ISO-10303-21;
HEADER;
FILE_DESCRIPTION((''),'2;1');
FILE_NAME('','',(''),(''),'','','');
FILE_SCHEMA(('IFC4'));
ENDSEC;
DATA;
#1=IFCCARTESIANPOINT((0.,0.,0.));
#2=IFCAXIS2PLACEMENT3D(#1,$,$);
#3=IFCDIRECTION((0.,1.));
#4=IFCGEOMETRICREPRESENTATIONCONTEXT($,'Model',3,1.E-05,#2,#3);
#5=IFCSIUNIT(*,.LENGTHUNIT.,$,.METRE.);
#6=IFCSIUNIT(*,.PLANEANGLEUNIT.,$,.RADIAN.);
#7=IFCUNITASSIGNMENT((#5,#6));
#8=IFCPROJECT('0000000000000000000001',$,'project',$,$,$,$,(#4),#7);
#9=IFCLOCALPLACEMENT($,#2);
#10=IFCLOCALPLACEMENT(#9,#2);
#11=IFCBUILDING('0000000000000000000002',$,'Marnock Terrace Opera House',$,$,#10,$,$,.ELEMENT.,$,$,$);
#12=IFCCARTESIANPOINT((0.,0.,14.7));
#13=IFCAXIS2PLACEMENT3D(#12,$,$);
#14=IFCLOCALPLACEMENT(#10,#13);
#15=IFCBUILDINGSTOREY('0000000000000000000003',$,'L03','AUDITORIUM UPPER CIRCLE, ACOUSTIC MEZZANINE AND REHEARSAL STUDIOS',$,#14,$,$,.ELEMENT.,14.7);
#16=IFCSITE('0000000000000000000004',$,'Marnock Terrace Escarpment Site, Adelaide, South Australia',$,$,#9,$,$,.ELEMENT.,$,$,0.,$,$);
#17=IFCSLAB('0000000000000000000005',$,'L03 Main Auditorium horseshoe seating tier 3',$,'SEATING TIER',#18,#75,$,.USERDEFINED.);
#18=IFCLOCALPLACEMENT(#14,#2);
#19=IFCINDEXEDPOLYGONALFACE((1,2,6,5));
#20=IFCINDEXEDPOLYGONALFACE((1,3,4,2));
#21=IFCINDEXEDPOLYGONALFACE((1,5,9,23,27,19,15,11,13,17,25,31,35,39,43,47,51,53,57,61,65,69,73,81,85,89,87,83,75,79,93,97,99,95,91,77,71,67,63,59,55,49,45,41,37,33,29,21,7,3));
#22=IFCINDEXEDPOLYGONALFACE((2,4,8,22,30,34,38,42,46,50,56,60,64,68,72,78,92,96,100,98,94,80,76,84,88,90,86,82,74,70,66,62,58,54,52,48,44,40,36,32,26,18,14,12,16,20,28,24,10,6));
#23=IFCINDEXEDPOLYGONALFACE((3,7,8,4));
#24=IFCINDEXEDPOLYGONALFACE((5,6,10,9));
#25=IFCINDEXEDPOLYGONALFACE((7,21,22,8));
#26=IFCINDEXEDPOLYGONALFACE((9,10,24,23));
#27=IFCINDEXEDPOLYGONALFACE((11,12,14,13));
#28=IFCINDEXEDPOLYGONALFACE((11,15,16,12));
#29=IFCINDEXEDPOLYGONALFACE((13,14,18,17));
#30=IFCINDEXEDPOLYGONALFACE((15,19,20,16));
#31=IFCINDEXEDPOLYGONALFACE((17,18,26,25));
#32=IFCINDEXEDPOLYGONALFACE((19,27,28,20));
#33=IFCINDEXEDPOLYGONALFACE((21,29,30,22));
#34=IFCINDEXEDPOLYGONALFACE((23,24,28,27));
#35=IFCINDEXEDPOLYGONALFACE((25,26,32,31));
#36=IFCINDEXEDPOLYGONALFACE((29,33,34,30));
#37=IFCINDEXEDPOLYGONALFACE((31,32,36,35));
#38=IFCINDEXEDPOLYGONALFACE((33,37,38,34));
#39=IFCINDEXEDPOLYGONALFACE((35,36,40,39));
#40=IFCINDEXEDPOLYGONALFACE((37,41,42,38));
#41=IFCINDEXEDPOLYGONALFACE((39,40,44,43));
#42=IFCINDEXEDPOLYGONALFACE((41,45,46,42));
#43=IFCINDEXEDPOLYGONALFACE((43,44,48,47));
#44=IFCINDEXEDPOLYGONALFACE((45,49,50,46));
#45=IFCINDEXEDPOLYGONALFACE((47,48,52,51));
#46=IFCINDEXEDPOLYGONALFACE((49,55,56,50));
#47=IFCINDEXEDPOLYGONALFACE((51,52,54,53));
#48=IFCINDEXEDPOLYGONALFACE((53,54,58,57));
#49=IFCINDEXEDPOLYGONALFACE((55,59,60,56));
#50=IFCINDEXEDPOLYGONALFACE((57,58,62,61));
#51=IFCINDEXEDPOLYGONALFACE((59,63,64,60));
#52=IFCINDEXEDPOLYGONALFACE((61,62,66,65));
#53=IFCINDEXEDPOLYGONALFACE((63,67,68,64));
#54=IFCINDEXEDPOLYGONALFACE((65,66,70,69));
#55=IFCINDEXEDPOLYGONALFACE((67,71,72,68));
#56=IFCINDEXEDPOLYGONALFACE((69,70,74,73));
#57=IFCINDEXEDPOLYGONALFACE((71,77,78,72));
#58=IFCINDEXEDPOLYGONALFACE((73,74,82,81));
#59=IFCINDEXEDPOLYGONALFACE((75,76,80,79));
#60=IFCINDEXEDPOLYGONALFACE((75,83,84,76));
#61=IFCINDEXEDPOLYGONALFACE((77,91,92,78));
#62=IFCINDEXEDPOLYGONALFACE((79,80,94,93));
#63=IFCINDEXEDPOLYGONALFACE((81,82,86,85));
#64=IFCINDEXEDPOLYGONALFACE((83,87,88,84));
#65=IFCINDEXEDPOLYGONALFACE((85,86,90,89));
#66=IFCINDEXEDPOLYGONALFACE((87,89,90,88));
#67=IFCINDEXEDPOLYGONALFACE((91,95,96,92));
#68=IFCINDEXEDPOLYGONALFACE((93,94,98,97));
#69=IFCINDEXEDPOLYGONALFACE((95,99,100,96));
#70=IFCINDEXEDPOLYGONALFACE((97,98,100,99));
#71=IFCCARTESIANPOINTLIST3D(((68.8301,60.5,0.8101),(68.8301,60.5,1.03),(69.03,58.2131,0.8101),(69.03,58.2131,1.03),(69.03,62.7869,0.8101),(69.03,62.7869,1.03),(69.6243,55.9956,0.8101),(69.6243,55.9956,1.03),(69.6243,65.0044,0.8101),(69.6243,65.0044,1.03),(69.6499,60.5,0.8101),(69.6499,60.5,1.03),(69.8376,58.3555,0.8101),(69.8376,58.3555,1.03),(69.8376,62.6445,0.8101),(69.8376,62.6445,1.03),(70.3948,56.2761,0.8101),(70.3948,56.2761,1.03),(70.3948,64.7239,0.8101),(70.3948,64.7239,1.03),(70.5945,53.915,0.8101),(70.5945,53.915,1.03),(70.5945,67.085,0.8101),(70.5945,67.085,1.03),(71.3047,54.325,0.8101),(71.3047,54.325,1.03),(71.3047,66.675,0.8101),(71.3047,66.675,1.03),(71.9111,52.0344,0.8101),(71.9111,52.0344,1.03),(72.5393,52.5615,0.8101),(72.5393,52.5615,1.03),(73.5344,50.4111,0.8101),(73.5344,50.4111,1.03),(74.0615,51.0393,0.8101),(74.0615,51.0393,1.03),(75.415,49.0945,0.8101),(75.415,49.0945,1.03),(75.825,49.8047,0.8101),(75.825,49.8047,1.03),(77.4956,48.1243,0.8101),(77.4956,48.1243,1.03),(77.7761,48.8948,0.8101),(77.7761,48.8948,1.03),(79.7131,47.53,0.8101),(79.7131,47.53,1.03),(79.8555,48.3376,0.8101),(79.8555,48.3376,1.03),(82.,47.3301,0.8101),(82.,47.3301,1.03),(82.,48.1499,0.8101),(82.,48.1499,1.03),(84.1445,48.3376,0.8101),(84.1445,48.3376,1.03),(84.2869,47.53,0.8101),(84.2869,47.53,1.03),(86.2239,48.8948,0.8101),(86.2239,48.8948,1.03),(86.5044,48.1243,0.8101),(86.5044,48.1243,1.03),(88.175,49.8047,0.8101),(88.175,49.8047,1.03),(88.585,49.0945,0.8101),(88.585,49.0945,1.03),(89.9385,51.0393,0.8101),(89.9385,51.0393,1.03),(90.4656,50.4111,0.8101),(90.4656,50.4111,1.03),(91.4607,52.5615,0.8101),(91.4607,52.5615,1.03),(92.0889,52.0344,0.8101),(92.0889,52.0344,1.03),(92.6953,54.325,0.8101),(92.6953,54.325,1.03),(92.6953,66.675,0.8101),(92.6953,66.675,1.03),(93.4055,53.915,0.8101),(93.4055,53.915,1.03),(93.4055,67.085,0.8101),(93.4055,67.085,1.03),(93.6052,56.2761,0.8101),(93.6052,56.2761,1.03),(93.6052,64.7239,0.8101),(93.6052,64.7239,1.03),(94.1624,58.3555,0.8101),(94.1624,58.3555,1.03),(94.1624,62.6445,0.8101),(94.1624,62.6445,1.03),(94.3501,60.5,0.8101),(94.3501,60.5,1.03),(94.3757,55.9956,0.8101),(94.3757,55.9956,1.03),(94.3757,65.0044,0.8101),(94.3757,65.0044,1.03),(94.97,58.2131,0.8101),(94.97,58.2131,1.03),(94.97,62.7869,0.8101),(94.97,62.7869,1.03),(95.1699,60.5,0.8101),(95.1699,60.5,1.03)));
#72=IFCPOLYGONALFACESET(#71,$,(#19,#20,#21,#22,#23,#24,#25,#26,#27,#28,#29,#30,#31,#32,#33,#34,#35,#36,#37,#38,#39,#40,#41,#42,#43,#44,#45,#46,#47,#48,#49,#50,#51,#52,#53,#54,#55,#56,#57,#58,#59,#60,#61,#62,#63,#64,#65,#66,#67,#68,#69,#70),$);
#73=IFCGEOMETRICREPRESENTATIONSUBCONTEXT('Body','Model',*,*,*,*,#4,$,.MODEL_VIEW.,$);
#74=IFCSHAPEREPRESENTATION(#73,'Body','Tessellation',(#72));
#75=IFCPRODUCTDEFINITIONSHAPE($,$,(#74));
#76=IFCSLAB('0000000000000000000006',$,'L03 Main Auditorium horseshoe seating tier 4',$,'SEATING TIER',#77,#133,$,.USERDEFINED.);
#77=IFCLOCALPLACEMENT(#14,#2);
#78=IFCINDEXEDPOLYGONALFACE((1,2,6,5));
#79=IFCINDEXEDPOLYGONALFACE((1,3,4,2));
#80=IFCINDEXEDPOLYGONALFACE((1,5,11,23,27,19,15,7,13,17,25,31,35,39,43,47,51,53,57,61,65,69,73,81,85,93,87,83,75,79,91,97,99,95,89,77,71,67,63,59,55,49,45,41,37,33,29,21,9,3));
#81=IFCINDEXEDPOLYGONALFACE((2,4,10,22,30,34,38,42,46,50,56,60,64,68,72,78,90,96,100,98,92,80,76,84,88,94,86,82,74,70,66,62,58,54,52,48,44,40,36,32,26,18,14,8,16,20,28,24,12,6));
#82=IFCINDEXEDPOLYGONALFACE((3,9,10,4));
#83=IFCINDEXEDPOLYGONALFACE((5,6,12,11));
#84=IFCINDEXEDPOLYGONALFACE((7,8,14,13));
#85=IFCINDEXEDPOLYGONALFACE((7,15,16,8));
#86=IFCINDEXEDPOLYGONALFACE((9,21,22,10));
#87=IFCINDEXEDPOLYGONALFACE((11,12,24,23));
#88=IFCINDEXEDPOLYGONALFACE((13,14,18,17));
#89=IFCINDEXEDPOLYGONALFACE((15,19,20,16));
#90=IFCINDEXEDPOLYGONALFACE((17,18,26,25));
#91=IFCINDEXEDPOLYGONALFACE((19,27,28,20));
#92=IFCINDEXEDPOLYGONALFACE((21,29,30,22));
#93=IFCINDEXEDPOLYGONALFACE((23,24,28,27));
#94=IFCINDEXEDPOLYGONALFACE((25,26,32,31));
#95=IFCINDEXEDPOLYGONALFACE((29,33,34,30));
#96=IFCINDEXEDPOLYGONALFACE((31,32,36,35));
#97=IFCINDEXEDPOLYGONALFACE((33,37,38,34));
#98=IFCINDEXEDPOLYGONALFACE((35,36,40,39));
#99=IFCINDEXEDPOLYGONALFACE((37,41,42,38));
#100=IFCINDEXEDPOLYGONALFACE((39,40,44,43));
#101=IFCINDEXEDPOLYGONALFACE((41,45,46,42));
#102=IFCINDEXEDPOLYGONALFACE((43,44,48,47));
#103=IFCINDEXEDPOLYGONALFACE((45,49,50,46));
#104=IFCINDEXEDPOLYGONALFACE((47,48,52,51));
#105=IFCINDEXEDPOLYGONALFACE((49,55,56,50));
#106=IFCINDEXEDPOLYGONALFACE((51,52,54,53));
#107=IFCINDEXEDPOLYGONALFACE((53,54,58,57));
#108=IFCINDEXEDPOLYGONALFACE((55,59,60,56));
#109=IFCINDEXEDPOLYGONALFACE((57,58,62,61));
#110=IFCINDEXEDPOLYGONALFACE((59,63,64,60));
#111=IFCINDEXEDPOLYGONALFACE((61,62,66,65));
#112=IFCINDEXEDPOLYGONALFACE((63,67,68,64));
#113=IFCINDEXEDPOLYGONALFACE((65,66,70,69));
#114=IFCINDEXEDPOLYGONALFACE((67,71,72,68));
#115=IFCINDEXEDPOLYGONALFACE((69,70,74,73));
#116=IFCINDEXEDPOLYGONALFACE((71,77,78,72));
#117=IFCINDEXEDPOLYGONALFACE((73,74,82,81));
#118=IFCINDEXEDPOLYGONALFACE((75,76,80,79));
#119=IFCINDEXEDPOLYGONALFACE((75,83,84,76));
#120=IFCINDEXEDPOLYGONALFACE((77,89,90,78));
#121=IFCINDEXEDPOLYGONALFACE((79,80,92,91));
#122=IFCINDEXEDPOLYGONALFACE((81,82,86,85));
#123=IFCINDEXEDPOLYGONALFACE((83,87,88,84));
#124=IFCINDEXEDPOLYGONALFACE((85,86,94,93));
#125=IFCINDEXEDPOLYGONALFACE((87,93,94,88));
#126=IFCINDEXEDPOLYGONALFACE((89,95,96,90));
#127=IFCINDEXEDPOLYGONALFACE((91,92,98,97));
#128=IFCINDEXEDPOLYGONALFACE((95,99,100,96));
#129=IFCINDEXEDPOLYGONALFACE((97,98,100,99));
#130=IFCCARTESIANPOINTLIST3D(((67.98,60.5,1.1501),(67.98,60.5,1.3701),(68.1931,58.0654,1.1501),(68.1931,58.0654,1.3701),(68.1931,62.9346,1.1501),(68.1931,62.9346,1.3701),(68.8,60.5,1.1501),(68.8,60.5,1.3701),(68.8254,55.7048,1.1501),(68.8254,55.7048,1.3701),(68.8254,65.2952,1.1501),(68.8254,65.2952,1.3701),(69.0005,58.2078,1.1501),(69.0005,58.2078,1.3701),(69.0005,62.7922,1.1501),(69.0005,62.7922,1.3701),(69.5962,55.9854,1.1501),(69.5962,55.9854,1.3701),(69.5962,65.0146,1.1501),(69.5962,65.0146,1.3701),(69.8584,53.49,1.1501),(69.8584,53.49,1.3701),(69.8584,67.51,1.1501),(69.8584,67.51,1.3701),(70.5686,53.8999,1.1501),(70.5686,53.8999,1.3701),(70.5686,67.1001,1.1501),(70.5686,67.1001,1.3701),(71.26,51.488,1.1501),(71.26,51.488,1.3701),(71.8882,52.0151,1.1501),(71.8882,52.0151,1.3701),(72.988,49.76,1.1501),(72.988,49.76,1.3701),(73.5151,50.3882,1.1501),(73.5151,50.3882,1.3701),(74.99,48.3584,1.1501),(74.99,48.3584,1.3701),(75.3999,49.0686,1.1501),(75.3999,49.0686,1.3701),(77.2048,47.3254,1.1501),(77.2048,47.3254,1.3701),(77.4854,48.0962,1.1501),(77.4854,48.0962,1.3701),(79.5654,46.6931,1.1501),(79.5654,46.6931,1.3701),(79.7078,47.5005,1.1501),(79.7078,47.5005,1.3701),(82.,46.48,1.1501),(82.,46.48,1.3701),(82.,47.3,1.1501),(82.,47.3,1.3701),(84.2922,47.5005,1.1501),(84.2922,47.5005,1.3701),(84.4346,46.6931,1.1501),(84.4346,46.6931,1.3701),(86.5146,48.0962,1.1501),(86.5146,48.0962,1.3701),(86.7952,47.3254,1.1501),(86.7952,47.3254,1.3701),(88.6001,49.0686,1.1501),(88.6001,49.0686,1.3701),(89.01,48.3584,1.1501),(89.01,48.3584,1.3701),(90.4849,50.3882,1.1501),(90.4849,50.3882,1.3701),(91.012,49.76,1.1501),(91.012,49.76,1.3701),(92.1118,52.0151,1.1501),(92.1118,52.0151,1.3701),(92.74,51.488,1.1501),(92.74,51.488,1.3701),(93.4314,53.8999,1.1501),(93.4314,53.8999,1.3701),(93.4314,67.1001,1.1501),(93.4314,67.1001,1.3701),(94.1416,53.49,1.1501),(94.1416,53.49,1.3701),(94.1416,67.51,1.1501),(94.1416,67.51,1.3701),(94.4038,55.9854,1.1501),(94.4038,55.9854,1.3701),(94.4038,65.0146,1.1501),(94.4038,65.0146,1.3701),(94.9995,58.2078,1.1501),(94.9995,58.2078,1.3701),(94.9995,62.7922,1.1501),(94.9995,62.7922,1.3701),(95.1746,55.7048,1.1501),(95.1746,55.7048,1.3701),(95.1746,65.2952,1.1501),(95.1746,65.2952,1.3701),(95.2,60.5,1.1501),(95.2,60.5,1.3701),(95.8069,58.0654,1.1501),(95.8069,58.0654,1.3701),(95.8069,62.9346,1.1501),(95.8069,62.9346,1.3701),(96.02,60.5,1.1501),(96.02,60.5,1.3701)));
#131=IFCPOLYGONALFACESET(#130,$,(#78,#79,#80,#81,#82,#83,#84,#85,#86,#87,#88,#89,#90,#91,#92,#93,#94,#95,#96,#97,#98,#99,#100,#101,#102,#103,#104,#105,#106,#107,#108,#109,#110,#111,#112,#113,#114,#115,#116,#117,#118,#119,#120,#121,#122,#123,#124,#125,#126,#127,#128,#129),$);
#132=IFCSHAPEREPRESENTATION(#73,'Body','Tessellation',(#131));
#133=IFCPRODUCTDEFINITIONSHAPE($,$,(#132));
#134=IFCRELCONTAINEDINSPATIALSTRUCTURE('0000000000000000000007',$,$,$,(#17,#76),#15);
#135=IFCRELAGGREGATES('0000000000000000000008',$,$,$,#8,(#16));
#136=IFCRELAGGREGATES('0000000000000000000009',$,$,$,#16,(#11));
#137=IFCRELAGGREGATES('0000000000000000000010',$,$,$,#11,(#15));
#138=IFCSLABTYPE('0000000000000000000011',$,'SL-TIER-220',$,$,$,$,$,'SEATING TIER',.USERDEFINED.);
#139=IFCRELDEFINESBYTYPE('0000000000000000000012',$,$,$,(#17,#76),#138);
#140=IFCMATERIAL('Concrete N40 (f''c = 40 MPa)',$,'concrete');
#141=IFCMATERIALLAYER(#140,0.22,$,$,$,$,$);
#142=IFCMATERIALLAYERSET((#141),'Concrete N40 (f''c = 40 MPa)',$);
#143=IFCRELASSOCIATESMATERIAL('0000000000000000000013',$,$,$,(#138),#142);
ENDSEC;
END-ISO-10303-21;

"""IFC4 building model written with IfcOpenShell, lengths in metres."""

from ifc_helpers import new_model, si_unit, direction, frame, origin, place, context, subcontext, project, spatial, polyline, outline, extrude, material, layer, layer_set, type_object, element, save


model = new_model("IFC4")

# Units and contexts
model_context = context("Model", 3, precision=1e-05, world=origin(), true_north=direction((0.0, 1.0)))
body_context = subcontext(model_context, "Body", "Model", "MODEL_VIEW")
ifc_project = project(units=[si_unit("LENGTHUNIT", "METRE"), si_unit("PLANEANGLEUNIT", "RADIAN")], contexts=[model_context])

# Site, building, storey
site_placement = place(None, origin())
site = spatial("IfcSite", under=ifc_project, at=site_placement, Name="Marnock Terrace Escarpment Site, Adelaide, South Australia", CompositionType="ELEMENT", RefElevation=0.0)
building_placement = place(site_placement, origin())
building = spatial("IfcBuilding", under=site, at=building_placement, Name="Marnock Terrace Opera House", CompositionType="ELEMENT")
storey_placement = place(building_placement, frame((0.0, 0.0, 14.7)))
storey = spatial("IfcBuildingStorey", under=building, at=storey_placement, Name="L03", Description="AUDITORIUM UPPER CIRCLE, ACOUSTIC MEZZANINE AND REHEARSAL STUDIOS", CompositionType="ELEMENT", Elevation=14.7)

# Shared definitions
ifc_material_1 = material(Name="Concrete N40 (f'c = 40 MPa)", Category="concrete")

# Slabs
ifc_layer_1 = layer(ifc_material_1, 0.22)
ifc_layer_set_1 = layer_set([ifc_layer_1], Name="Concrete N40 (f'c = 40 MPa)")
slab_type_1 = type_object("IfcSlabType", Name="SL-TIER-220", ElementType="SEATING TIER", PredefinedType="USERDEFINED", material=ifc_layer_set_1)
slab_1_placement = place(storey_placement, frame((0.0, 0.0, 0.8101)))
element("IfcSlab", 1, at=slab_1_placement, inside=storey, type_object=slab_type_1, Name="L03 Main Auditorium horseshoe seating tier 3", ObjectType="SEATING TIER", PredefinedType="USERDEFINED", context=body_context, shape_type="SweptSolid", body=[
    extrude(outline(polyline([(70.5945, 67.085), (69.6243, 65.0044), (69.03, 62.7869), (68.8301, 60.5), (69.03, 58.2131), (69.6243, 55.9956), (70.5945, 53.915), (71.9111, 52.0344), (73.5344, 50.4111), (75.415, 49.0945), (77.4956, 48.1243), (79.7131, 47.53), (82.0, 47.3301), (84.2869, 47.53), (86.5044, 48.1243), (88.585, 49.0945), (90.4656, 50.4111), (92.0889, 52.0344), (93.4055, 53.915), (94.3757, 55.9956), (94.97, 58.2131), (95.1699, 60.5), (94.97, 62.7869), (94.3757, 65.0044), (93.4055, 67.085), (92.6953, 66.675), (93.6052, 64.7239), (94.1624, 62.6445), (94.3501, 60.5), (94.1624, 58.3555), (93.6052, 56.2761), (92.6953, 54.325), (91.4607, 52.5615), (89.9385, 51.0393), (88.175, 49.8047), (86.2239, 48.8948), (84.1445, 48.3376), (82.0, 48.1499), (79.8555, 48.3376), (77.7761, 48.8948), (75.825, 49.8047), (74.0615, 51.0393), (72.5393, 52.5615), (71.3047, 54.325), (70.3948, 56.2761), (69.8376, 58.3555), (69.6499, 60.5), (69.8376, 62.6445), (70.3948, 64.7239), (71.3047, 66.675), (70.5945, 67.085)])), origin(), (0.0, 0.0, 1.0), 0.22),
])
slab_2_placement = place(storey_placement, frame((0.0, 0.0, 1.1501)))
element("IfcSlab", 2, at=slab_2_placement, inside=storey, type_object=slab_type_1, Name="L03 Main Auditorium horseshoe seating tier 4", ObjectType="SEATING TIER", PredefinedType="USERDEFINED", context=body_context, shape_type="SweptSolid", body=[
    extrude(outline(polyline([(69.8584, 67.51), (68.8254, 65.2952), (68.1931, 62.9346), (67.98, 60.5), (68.1931, 58.0654), (68.8254, 55.7048), (69.8584, 53.49), (71.26, 51.488), (72.988, 49.76), (74.99, 48.3584), (77.2048, 47.3254), (79.5654, 46.6931), (82.0, 46.48), (84.4346, 46.6931), (86.7952, 47.3254), (89.01, 48.3584), (91.012, 49.76), (92.74, 51.488), (94.1416, 53.49), (95.1746, 55.7048), (95.8069, 58.0654), (96.02, 60.5), (95.8069, 62.9346), (95.1746, 65.2952), (94.1416, 67.51), (93.4314, 67.1001), (94.4038, 65.0146), (94.9995, 62.7922), (95.2, 60.5), (94.9995, 58.2078), (94.4038, 55.9854), (93.4314, 53.8999), (92.1118, 52.0151), (90.4849, 50.3882), (88.6001, 49.0686), (86.5146, 48.0962), (84.2922, 47.5005), (82.0, 47.3), (79.7078, 47.5005), (77.4854, 48.0962), (75.3999, 49.0686), (73.5151, 50.3882), (71.8882, 52.0151), (70.5686, 53.8999), (69.5962, 55.9854), (69.0005, 58.2078), (68.8, 60.5), (69.0005, 62.7922), (69.5962, 65.0146), (70.5686, 67.1001), (69.8584, 67.51)])), origin(), (0.0, 0.0, 1.0), 0.22),
])

save(model, "model.ifc")
